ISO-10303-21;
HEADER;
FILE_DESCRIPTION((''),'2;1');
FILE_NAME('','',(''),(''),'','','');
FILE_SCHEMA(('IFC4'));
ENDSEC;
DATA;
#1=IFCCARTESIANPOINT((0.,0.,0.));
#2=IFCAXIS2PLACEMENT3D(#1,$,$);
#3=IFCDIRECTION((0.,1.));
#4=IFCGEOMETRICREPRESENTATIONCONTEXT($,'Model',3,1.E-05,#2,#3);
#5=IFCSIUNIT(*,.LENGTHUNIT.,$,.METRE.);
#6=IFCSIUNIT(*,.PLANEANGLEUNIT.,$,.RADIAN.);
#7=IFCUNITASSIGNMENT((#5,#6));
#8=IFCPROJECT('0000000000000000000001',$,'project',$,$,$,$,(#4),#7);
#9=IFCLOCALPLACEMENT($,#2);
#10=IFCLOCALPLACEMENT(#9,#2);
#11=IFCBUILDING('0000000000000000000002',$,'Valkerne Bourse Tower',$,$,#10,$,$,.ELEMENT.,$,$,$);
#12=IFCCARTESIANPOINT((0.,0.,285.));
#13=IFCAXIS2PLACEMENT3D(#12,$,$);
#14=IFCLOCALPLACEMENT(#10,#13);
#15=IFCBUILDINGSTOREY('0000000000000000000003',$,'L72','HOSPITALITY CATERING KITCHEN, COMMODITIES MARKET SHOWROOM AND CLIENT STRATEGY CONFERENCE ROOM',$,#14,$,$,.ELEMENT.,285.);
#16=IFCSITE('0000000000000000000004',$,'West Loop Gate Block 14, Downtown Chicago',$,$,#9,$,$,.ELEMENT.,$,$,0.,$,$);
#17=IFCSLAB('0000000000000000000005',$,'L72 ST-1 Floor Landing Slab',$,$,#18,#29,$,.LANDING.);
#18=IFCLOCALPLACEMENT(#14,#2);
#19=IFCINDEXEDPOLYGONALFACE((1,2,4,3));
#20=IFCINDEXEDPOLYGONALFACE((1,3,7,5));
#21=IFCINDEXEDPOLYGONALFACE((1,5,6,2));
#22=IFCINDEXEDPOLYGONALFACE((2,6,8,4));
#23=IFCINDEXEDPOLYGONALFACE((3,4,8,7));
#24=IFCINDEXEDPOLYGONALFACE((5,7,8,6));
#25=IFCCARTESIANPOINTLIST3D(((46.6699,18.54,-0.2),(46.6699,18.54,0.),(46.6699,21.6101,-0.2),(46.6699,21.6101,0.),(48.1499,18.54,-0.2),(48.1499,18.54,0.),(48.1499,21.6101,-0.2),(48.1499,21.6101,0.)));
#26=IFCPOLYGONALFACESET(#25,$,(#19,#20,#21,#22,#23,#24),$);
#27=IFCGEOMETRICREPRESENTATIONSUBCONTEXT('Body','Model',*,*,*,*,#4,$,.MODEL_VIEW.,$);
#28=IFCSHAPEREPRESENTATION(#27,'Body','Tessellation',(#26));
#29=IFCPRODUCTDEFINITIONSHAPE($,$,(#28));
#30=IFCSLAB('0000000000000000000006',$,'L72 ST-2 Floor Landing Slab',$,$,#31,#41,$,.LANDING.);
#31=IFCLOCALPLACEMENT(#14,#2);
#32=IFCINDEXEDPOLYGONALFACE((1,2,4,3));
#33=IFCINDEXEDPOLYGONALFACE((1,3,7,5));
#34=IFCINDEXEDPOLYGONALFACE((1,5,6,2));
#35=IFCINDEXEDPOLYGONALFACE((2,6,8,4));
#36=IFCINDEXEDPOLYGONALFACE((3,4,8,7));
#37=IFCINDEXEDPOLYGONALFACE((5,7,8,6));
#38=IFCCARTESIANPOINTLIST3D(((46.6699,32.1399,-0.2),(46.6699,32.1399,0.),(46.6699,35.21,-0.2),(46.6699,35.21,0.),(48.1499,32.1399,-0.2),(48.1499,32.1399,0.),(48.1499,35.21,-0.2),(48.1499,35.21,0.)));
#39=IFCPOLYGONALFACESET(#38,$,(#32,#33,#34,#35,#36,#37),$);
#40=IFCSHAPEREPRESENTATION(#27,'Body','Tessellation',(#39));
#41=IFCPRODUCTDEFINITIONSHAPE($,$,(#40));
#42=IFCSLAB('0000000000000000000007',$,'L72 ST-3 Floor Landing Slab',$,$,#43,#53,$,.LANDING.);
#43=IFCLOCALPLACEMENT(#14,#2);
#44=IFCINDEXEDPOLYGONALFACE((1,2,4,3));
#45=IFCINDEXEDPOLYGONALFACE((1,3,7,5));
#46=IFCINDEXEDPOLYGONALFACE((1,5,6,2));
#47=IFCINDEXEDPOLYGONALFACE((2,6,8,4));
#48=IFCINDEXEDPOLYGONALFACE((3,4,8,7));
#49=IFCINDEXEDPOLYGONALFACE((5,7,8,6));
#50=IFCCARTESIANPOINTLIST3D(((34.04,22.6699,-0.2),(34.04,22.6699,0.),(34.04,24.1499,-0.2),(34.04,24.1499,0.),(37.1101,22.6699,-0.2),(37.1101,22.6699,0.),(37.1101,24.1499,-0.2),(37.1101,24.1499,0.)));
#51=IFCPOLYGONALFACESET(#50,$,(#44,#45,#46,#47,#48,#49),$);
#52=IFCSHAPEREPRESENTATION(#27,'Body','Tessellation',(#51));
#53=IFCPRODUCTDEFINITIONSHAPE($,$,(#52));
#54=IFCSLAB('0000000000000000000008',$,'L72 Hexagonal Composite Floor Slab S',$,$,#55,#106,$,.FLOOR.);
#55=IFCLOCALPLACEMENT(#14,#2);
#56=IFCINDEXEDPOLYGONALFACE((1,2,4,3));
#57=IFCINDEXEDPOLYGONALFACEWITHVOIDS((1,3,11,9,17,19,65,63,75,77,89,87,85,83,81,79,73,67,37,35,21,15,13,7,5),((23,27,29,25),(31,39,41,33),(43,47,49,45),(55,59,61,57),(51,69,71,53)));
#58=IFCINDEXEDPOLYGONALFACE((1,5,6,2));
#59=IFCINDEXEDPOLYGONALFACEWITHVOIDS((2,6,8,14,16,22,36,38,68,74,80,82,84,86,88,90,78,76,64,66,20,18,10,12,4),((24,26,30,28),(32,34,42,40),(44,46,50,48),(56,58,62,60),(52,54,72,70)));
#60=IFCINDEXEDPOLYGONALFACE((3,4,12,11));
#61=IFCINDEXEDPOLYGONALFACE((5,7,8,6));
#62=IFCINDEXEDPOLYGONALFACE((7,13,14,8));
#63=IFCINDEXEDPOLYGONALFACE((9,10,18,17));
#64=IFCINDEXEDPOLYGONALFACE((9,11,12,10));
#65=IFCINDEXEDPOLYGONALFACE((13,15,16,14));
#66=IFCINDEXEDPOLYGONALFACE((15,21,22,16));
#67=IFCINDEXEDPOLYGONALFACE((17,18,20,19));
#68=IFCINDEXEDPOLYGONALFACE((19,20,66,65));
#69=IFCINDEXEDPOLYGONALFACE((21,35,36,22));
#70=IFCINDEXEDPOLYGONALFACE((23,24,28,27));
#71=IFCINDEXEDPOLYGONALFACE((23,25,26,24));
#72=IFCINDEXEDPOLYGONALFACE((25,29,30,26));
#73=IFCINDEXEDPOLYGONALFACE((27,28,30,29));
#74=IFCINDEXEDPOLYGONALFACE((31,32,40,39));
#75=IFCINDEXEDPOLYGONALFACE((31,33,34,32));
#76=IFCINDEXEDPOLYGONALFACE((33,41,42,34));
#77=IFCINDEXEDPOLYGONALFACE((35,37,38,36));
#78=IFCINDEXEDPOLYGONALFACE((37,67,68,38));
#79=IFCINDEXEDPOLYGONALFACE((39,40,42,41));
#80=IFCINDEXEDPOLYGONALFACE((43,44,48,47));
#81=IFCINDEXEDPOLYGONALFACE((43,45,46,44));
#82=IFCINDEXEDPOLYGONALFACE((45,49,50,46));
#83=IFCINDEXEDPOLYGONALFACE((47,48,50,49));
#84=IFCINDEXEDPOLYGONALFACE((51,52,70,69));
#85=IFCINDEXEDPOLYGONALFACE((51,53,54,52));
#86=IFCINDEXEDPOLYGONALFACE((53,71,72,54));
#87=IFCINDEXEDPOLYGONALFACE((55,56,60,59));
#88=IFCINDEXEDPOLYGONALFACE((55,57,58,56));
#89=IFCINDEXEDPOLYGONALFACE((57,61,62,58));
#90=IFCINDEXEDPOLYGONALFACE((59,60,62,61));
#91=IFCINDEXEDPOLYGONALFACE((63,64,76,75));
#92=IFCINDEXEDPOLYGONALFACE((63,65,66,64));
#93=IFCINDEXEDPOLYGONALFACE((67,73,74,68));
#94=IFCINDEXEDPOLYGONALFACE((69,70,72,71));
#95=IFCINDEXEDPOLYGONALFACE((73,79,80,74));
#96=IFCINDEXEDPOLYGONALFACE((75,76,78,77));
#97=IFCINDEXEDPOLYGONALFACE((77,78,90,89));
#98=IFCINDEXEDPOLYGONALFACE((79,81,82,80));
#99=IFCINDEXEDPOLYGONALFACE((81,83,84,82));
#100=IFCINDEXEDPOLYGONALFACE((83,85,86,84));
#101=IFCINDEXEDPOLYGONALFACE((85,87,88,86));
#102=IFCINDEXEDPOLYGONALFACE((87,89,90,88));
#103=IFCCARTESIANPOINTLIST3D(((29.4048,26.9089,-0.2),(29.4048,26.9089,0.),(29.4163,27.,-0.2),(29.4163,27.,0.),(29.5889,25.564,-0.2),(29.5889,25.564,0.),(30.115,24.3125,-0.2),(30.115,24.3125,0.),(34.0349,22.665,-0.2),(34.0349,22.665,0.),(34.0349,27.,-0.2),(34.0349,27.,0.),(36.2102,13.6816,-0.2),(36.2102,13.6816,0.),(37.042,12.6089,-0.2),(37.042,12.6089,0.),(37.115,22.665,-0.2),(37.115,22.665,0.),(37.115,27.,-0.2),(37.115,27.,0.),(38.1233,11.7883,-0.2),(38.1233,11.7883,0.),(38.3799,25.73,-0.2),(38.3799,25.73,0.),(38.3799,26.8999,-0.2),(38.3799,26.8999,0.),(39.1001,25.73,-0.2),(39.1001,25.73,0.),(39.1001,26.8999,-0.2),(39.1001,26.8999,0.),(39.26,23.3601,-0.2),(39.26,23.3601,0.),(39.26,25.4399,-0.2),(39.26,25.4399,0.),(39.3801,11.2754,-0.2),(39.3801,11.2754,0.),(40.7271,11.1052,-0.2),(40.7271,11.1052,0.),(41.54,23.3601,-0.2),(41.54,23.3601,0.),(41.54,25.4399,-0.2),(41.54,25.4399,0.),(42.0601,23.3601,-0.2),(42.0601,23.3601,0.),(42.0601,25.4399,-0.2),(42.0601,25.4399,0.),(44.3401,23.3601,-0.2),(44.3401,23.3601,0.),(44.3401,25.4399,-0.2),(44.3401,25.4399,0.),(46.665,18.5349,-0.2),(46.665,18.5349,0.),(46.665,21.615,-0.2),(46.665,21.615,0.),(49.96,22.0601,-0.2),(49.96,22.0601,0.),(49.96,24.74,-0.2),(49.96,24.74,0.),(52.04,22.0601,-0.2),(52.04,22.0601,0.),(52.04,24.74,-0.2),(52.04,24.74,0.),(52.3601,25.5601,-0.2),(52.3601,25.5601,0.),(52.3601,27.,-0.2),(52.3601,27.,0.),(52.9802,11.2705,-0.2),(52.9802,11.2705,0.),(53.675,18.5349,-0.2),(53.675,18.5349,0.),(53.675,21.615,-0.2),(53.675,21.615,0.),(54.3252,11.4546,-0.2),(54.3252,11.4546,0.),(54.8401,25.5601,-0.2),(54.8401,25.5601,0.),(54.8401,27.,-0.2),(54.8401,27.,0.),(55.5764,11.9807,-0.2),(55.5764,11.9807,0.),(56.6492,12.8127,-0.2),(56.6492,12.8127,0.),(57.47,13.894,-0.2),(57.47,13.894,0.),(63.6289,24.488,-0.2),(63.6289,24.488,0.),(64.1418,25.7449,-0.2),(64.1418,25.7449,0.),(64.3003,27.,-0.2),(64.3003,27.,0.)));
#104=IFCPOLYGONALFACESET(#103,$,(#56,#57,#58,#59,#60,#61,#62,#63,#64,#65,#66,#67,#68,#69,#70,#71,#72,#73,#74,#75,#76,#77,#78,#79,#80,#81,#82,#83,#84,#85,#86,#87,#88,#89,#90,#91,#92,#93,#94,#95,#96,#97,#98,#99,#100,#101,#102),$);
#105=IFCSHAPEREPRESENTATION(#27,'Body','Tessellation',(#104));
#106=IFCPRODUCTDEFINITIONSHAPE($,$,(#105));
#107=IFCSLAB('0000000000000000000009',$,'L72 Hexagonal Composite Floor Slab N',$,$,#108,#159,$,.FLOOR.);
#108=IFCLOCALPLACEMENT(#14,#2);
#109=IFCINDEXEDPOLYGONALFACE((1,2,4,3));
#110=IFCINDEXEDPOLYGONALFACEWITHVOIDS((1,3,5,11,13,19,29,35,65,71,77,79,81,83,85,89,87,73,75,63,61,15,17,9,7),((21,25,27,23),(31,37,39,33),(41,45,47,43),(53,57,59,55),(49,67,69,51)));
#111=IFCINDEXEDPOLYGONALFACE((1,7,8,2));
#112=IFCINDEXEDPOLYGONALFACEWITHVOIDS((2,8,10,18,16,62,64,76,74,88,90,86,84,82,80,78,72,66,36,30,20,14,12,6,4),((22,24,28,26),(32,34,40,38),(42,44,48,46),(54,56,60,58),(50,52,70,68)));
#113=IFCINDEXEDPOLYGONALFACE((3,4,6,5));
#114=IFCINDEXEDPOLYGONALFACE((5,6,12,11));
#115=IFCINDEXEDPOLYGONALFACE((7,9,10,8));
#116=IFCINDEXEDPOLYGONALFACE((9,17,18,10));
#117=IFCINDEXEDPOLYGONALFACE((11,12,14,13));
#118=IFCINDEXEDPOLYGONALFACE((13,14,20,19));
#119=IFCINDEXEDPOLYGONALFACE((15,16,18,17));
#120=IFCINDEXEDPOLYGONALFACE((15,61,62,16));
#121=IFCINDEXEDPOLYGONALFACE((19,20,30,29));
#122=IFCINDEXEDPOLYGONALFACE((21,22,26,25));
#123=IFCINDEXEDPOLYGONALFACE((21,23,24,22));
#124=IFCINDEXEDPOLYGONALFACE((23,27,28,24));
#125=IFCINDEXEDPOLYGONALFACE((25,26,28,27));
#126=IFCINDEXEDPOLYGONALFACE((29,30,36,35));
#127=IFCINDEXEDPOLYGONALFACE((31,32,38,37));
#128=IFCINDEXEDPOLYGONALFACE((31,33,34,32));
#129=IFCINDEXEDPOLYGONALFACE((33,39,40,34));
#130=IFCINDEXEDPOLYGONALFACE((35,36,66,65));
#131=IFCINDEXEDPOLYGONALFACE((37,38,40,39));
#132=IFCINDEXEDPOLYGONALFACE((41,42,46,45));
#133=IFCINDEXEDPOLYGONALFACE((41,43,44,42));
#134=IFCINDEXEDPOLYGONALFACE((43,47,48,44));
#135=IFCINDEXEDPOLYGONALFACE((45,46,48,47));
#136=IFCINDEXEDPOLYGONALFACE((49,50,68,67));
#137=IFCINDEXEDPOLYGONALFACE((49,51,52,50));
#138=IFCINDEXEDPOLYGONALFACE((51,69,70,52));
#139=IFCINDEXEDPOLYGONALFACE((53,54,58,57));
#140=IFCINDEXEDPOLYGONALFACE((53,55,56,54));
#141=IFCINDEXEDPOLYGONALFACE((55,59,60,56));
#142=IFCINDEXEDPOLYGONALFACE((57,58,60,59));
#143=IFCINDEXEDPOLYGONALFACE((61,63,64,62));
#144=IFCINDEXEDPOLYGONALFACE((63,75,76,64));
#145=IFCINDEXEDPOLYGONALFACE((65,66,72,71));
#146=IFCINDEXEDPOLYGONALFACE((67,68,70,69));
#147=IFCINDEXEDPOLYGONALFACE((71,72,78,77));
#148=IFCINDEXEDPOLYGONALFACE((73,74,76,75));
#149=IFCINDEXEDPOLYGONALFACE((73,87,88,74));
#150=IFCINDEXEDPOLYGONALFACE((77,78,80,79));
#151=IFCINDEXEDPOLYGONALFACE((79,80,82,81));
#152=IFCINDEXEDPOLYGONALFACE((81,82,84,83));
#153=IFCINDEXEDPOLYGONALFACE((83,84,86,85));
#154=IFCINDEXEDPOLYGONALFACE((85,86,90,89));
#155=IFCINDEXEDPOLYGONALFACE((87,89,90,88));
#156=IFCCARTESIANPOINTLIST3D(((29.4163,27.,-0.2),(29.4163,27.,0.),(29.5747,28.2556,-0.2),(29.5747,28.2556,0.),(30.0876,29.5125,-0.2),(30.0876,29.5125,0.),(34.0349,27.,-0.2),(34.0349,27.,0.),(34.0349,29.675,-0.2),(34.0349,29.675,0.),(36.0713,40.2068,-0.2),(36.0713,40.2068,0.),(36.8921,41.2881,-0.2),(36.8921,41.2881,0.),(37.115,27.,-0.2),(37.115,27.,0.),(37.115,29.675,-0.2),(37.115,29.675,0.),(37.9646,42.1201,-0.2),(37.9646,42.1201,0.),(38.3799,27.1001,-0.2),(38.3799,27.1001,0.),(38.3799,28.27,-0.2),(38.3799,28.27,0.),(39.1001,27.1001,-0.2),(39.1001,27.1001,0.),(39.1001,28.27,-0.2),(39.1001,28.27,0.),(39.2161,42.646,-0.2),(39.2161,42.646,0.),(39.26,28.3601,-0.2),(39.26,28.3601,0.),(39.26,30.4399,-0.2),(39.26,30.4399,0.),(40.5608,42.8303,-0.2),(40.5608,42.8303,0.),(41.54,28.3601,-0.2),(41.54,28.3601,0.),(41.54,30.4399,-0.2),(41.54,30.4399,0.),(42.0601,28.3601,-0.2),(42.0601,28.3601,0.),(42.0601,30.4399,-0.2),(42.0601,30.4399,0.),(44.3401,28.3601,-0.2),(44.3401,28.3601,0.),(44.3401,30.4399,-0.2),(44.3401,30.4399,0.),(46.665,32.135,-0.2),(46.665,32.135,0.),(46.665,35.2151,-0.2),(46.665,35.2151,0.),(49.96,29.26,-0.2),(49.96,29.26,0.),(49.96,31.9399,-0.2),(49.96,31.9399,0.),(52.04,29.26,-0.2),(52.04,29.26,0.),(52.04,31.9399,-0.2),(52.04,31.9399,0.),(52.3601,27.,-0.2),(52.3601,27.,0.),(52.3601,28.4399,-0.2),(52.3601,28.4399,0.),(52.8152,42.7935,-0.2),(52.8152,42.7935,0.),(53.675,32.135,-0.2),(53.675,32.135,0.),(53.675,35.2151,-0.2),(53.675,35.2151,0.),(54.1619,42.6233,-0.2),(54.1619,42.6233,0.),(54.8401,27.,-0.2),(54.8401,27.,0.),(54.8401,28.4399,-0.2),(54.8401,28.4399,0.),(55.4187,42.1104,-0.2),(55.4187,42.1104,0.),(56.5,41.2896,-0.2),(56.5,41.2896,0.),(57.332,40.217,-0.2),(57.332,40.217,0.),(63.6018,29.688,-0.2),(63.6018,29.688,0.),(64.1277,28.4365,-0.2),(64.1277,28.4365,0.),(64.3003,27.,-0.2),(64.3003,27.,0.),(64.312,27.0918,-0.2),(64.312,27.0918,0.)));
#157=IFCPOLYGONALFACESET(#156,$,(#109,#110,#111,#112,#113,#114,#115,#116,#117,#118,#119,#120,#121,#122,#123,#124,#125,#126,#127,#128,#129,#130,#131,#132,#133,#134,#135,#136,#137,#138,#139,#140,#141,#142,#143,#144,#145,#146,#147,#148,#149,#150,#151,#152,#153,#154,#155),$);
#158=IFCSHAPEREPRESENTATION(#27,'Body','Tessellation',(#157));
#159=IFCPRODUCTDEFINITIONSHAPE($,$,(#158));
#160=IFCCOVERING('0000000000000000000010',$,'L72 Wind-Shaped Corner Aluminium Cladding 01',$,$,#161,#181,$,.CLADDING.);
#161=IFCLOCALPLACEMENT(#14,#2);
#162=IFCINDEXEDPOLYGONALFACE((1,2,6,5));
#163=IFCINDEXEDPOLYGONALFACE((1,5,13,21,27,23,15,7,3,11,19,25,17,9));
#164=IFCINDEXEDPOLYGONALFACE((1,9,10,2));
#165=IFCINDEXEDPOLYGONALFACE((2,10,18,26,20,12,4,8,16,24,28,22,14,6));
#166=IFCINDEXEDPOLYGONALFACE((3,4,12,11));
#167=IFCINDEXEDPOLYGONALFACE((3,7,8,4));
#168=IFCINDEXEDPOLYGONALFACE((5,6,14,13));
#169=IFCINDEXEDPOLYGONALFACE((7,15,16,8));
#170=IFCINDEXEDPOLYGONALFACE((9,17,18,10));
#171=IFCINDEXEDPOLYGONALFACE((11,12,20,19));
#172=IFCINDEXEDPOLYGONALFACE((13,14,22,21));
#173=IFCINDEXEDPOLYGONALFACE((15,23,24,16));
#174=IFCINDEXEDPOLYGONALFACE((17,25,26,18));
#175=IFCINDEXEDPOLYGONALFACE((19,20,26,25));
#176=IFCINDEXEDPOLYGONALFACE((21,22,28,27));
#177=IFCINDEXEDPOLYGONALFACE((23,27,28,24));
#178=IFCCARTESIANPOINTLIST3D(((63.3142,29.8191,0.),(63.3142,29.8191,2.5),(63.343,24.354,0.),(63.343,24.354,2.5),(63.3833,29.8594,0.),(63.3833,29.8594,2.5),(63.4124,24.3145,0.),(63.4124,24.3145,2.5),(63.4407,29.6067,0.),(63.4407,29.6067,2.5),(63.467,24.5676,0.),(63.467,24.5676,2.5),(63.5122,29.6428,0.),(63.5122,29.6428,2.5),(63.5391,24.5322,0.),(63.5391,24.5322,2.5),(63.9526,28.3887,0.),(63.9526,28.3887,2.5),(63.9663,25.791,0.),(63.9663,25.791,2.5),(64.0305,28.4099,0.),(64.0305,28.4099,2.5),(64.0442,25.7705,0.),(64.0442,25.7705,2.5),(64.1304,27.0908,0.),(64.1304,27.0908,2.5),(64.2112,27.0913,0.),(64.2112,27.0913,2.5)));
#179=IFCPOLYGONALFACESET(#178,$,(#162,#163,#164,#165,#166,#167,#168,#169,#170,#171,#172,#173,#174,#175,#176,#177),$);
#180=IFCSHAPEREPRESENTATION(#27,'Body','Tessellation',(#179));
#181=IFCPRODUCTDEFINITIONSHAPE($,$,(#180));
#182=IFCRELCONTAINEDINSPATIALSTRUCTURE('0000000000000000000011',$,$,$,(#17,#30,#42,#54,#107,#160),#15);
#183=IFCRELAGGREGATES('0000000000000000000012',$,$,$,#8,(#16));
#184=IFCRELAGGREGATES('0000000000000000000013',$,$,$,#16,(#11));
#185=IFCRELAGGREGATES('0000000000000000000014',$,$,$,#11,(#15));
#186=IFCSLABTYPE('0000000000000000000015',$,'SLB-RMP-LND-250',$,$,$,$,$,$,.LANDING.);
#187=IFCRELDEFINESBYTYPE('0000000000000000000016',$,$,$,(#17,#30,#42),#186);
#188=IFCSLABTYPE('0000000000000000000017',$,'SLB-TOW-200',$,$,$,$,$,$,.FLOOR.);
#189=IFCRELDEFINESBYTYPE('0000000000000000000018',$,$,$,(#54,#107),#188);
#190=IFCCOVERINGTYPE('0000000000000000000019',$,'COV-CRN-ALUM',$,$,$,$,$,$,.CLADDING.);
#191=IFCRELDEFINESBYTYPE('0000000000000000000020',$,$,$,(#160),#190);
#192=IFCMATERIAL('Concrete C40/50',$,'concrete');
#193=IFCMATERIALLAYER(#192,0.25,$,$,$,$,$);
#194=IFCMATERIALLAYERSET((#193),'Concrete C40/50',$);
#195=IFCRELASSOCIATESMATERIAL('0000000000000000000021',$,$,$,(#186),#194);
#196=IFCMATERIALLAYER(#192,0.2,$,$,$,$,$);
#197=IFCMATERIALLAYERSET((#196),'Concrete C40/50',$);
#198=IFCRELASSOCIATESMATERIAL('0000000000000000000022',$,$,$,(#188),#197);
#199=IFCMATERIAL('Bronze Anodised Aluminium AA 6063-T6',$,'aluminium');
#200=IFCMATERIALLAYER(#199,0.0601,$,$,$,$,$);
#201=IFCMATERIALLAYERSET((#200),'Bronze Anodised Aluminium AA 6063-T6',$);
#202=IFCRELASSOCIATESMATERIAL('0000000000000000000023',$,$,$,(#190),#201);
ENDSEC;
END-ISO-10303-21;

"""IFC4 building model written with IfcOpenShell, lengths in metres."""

from ifc_helpers import new_model, si_unit, direction, frame, origin, place, context, subcontext, project, spatial, polyline, outline, extrude, material, layer, layer_set, type_object, element, save


model = new_model("IFC4")

# Units and contexts
model_context = context("Model", 3, precision=1e-05, world=origin(), true_north=direction((0.0, 1.0)))
body_context = subcontext(model_context, "Body", "Model", "MODEL_VIEW")
ifc_project = project(units=[si_unit("LENGTHUNIT", "METRE"), si_unit("PLANEANGLEUNIT", "RADIAN")], contexts=[model_context])

# Site, building, storey
site_placement = place(None, origin())
site = spatial("IfcSite", under=ifc_project, at=site_placement, Name="West Loop Gate Block 14, Downtown Chicago", CompositionType="ELEMENT", RefElevation=0.0)
building_placement = place(site_placement, origin())
building = spatial("IfcBuilding", under=site, at=building_placement, Name="Valkerne Bourse Tower", CompositionType="ELEMENT")
storey_placement = place(building_placement, frame((0.0, 0.0, 285.0)))
storey = spatial("IfcBuildingStorey", under=building, at=storey_placement, Name="L72", Description="HOSPITALITY CATERING KITCHEN, COMMODITIES MARKET SHOWROOM AND CLIENT STRATEGY CONFERENCE ROOM", CompositionType="ELEMENT", Elevation=285.0)

# Slabs
ifc_material_1 = material(Name="Concrete C40/50", Category="concrete")
ifc_layer_1 = layer(ifc_material_1, 0.25)
ifc_layer_set_1 = layer_set([ifc_layer_1], Name="Concrete C40/50")
slab_type_1 = type_object("IfcSlabType", Name="SLB-RMP-LND-250", PredefinedType="LANDING", material=ifc_layer_set_1)
slab_1_placement = place(storey_placement, frame((0.0, 0.0, -0.2)))
element("IfcSlab", 1, at=slab_1_placement, inside=storey, type_object=slab_type_1, Name="L72 ST-1 Floor Landing Slab", PredefinedType="LANDING", context=body_context, shape_type="SweptSolid", body=[
    extrude(outline(polyline([(46.6699, 18.54), (48.1499, 18.54), (48.1499, 21.6101), (46.6699, 21.6101), (46.6699, 18.54)])), origin(), (0.0, 0.0, 1.0), 0.2),
])
slab_2_placement = place(storey_placement, frame((0.0, 0.0, -0.2)))
element("IfcSlab", 2, at=slab_2_placement, inside=storey, type_object=slab_type_1, Name="L72 ST-2 Floor Landing Slab", PredefinedType="LANDING", context=body_context, shape_type="SweptSolid", body=[
    extrude(outline(polyline([(46.6699, 32.1399), (48.1499, 32.1399), (48.1499, 35.21), (46.6699, 35.21), (46.6699, 32.1399)])), origin(), (0.0, 0.0, 1.0), 0.2),
])
slab_3_placement = place(storey_placement, frame((0.0, 0.0, -0.2)))
element("IfcSlab", 3, at=slab_3_placement, inside=storey, type_object=slab_type_1, Name="L72 ST-3 Floor Landing Slab", PredefinedType="LANDING", context=body_context, shape_type="SweptSolid", body=[
    extrude(outline(polyline([(37.1101, 22.6699), (37.1101, 24.1499), (34.04, 24.1499), (34.04, 22.6699), (37.1101, 22.6699)])), origin(), (0.0, 0.0, 1.0), 0.2),
])
ifc_layer_2 = layer(ifc_material_1, 0.2)
ifc_layer_set_2 = layer_set([ifc_layer_2], Name="Concrete C40/50")
slab_type_2 = type_object("IfcSlabType", Name="SLB-TOW-200", PredefinedType="FLOOR", material=ifc_layer_set_2)
slab_4_placement = place(storey_placement, frame((0.0, 0.0, -0.2)))
element("IfcSlab", 4, at=slab_4_placement, inside=storey, type_object=slab_type_2, Name="L72 Hexagonal Composite Floor Slab S", PredefinedType="FLOOR", context=body_context, shape_type="SweptSolid", body=[
    extrude(outline(polyline([(64.1418, 25.7449), (63.6289, 24.488), (57.47, 13.894), (56.6492, 12.8127), (55.5764, 11.9807), (54.3252, 11.4546), (52.9802, 11.2705), (40.7271, 11.1052), (39.3801, 11.2754), (38.1233, 11.7883), (37.042, 12.6089), (36.2102, 13.6816), (30.115, 24.3125), (29.5889, 25.564), (29.4048, 26.9089), (29.4163, 27.0), (34.0349, 27.0), (34.0349, 22.665), (37.115, 22.665), (37.115, 27.0), (52.3601, 27.0), (52.3601, 25.5601), (54.8401, 25.5601), (54.8401, 27.0), (64.3003, 27.0), (64.1418, 25.7449)]), holes=[polyline([(39.26, 25.4399), (39.26, 23.3601), (41.54, 23.3601), (41.54, 25.4399), (39.26, 25.4399)]), polyline([(44.3401, 25.4399), (42.0601, 25.4399), (42.0601, 23.3601), (44.3401, 23.3601), (44.3401, 25.4399)]), polyline([(38.3799, 26.8999), (38.3799, 25.73), (39.1001, 25.73), (39.1001, 26.8999), (38.3799, 26.8999)]), polyline([(46.665, 21.615), (46.665, 18.5349), (53.675, 18.5349), (53.675, 21.615), (46.665, 21.615)]), polyline([(52.04, 24.74), (49.96, 24.74), (49.96, 22.0601), (52.04, 22.0601), (52.04, 24.74)])]), origin(), (0.0, 0.0, 1.0), 0.2),
])
slab_5_placement = place(storey_placement, frame((0.0, 0.0, -0.2)))
element("IfcSlab", 5, at=slab_5_placement, inside=storey, type_object=slab_type_2, Name="L72 Hexagonal Composite Floor Slab N", PredefinedType="FLOOR", context=body_context, shape_type="SweptSolid", body=[
    extrude(outline(polyline([(64.1277, 28.4365), (64.312, 27.0918), (64.3003, 27.0), (54.8401, 27.0), (54.8401, 28.4399), (52.3601, 28.4399), (52.3601, 27.0), (37.115, 27.0), (37.115, 29.675), (34.0349, 29.675), (34.0349, 27.0), (29.4163, 27.0), (29.5747, 28.2556), (30.0876, 29.5125), (36.0713, 40.2068), (36.8921, 41.2881), (37.9646, 42.1201), (39.2161, 42.646), (40.5608, 42.8303), (52.8152, 42.7935), (54.1619, 42.6233), (55.4187, 42.1104), (56.5, 41.2896), (57.332, 40.217), (63.6018, 29.688), (64.1277, 28.4365)]), holes=[polyline([(39.1001, 28.27), (38.3799, 28.27), (38.3799, 27.1001), (39.1001, 27.1001), (39.1001, 28.27)]), polyline([(41.54, 30.4399), (39.26, 30.4399), (39.26, 28.3601), (41.54, 28.3601), (41.54, 30.4399)]), polyline([(42.0601, 30.4399), (42.0601, 28.3601), (44.3401, 28.3601), (44.3401, 30.4399), (42.0601, 30.4399)]), polyline([(52.04, 31.9399), (49.96, 31.9399), (49.96, 29.26), (52.04, 29.26), (52.04, 31.9399)]), polyline([(53.675, 35.2151), (46.665, 35.2151), (46.665, 32.135), (53.675, 32.135), (53.675, 35.2151)])]), origin(), (0.0, 0.0, 1.0), 0.2),
])

# Covering
ifc_material_2 = material(Name="Bronze Anodised Aluminium AA 6063-T6", Category="aluminium")
ifc_layer_3 = layer(ifc_material_2, 0.0601)
ifc_layer_set_3 = layer_set([ifc_layer_3], Name="Bronze Anodised Aluminium AA 6063-T6")
covering_type = type_object("IfcCoveringType", Name="COV-CRN-ALUM", PredefinedType="CLADDING", material=ifc_layer_set_3)
covering_1_placement = place(storey_placement, origin())
element("IfcCovering", 6, at=covering_1_placement, inside=storey, type_object=covering_type, Name="L72 Wind-Shaped Corner Aluminium Cladding 01", PredefinedType="CLADDING", context=body_context, shape_type="SweptSolid", body=[
    extrude(outline(polyline([(64.0305, 28.4099), (64.2112, 27.0913), (64.0442, 25.7705), (63.5391, 24.5322), (63.4124, 24.3145), (63.343, 24.354), (63.467, 24.5676), (63.9663, 25.791), (64.1304, 27.0908), (63.9526, 28.3887), (63.4407, 29.6067), (63.3142, 29.8191), (63.3833, 29.8594), (63.5122, 29.6428), (64.0305, 28.4099)])), origin(), (0.0, 0.0, 1.0), 2.5),
])

save(model, "model.ifc")
